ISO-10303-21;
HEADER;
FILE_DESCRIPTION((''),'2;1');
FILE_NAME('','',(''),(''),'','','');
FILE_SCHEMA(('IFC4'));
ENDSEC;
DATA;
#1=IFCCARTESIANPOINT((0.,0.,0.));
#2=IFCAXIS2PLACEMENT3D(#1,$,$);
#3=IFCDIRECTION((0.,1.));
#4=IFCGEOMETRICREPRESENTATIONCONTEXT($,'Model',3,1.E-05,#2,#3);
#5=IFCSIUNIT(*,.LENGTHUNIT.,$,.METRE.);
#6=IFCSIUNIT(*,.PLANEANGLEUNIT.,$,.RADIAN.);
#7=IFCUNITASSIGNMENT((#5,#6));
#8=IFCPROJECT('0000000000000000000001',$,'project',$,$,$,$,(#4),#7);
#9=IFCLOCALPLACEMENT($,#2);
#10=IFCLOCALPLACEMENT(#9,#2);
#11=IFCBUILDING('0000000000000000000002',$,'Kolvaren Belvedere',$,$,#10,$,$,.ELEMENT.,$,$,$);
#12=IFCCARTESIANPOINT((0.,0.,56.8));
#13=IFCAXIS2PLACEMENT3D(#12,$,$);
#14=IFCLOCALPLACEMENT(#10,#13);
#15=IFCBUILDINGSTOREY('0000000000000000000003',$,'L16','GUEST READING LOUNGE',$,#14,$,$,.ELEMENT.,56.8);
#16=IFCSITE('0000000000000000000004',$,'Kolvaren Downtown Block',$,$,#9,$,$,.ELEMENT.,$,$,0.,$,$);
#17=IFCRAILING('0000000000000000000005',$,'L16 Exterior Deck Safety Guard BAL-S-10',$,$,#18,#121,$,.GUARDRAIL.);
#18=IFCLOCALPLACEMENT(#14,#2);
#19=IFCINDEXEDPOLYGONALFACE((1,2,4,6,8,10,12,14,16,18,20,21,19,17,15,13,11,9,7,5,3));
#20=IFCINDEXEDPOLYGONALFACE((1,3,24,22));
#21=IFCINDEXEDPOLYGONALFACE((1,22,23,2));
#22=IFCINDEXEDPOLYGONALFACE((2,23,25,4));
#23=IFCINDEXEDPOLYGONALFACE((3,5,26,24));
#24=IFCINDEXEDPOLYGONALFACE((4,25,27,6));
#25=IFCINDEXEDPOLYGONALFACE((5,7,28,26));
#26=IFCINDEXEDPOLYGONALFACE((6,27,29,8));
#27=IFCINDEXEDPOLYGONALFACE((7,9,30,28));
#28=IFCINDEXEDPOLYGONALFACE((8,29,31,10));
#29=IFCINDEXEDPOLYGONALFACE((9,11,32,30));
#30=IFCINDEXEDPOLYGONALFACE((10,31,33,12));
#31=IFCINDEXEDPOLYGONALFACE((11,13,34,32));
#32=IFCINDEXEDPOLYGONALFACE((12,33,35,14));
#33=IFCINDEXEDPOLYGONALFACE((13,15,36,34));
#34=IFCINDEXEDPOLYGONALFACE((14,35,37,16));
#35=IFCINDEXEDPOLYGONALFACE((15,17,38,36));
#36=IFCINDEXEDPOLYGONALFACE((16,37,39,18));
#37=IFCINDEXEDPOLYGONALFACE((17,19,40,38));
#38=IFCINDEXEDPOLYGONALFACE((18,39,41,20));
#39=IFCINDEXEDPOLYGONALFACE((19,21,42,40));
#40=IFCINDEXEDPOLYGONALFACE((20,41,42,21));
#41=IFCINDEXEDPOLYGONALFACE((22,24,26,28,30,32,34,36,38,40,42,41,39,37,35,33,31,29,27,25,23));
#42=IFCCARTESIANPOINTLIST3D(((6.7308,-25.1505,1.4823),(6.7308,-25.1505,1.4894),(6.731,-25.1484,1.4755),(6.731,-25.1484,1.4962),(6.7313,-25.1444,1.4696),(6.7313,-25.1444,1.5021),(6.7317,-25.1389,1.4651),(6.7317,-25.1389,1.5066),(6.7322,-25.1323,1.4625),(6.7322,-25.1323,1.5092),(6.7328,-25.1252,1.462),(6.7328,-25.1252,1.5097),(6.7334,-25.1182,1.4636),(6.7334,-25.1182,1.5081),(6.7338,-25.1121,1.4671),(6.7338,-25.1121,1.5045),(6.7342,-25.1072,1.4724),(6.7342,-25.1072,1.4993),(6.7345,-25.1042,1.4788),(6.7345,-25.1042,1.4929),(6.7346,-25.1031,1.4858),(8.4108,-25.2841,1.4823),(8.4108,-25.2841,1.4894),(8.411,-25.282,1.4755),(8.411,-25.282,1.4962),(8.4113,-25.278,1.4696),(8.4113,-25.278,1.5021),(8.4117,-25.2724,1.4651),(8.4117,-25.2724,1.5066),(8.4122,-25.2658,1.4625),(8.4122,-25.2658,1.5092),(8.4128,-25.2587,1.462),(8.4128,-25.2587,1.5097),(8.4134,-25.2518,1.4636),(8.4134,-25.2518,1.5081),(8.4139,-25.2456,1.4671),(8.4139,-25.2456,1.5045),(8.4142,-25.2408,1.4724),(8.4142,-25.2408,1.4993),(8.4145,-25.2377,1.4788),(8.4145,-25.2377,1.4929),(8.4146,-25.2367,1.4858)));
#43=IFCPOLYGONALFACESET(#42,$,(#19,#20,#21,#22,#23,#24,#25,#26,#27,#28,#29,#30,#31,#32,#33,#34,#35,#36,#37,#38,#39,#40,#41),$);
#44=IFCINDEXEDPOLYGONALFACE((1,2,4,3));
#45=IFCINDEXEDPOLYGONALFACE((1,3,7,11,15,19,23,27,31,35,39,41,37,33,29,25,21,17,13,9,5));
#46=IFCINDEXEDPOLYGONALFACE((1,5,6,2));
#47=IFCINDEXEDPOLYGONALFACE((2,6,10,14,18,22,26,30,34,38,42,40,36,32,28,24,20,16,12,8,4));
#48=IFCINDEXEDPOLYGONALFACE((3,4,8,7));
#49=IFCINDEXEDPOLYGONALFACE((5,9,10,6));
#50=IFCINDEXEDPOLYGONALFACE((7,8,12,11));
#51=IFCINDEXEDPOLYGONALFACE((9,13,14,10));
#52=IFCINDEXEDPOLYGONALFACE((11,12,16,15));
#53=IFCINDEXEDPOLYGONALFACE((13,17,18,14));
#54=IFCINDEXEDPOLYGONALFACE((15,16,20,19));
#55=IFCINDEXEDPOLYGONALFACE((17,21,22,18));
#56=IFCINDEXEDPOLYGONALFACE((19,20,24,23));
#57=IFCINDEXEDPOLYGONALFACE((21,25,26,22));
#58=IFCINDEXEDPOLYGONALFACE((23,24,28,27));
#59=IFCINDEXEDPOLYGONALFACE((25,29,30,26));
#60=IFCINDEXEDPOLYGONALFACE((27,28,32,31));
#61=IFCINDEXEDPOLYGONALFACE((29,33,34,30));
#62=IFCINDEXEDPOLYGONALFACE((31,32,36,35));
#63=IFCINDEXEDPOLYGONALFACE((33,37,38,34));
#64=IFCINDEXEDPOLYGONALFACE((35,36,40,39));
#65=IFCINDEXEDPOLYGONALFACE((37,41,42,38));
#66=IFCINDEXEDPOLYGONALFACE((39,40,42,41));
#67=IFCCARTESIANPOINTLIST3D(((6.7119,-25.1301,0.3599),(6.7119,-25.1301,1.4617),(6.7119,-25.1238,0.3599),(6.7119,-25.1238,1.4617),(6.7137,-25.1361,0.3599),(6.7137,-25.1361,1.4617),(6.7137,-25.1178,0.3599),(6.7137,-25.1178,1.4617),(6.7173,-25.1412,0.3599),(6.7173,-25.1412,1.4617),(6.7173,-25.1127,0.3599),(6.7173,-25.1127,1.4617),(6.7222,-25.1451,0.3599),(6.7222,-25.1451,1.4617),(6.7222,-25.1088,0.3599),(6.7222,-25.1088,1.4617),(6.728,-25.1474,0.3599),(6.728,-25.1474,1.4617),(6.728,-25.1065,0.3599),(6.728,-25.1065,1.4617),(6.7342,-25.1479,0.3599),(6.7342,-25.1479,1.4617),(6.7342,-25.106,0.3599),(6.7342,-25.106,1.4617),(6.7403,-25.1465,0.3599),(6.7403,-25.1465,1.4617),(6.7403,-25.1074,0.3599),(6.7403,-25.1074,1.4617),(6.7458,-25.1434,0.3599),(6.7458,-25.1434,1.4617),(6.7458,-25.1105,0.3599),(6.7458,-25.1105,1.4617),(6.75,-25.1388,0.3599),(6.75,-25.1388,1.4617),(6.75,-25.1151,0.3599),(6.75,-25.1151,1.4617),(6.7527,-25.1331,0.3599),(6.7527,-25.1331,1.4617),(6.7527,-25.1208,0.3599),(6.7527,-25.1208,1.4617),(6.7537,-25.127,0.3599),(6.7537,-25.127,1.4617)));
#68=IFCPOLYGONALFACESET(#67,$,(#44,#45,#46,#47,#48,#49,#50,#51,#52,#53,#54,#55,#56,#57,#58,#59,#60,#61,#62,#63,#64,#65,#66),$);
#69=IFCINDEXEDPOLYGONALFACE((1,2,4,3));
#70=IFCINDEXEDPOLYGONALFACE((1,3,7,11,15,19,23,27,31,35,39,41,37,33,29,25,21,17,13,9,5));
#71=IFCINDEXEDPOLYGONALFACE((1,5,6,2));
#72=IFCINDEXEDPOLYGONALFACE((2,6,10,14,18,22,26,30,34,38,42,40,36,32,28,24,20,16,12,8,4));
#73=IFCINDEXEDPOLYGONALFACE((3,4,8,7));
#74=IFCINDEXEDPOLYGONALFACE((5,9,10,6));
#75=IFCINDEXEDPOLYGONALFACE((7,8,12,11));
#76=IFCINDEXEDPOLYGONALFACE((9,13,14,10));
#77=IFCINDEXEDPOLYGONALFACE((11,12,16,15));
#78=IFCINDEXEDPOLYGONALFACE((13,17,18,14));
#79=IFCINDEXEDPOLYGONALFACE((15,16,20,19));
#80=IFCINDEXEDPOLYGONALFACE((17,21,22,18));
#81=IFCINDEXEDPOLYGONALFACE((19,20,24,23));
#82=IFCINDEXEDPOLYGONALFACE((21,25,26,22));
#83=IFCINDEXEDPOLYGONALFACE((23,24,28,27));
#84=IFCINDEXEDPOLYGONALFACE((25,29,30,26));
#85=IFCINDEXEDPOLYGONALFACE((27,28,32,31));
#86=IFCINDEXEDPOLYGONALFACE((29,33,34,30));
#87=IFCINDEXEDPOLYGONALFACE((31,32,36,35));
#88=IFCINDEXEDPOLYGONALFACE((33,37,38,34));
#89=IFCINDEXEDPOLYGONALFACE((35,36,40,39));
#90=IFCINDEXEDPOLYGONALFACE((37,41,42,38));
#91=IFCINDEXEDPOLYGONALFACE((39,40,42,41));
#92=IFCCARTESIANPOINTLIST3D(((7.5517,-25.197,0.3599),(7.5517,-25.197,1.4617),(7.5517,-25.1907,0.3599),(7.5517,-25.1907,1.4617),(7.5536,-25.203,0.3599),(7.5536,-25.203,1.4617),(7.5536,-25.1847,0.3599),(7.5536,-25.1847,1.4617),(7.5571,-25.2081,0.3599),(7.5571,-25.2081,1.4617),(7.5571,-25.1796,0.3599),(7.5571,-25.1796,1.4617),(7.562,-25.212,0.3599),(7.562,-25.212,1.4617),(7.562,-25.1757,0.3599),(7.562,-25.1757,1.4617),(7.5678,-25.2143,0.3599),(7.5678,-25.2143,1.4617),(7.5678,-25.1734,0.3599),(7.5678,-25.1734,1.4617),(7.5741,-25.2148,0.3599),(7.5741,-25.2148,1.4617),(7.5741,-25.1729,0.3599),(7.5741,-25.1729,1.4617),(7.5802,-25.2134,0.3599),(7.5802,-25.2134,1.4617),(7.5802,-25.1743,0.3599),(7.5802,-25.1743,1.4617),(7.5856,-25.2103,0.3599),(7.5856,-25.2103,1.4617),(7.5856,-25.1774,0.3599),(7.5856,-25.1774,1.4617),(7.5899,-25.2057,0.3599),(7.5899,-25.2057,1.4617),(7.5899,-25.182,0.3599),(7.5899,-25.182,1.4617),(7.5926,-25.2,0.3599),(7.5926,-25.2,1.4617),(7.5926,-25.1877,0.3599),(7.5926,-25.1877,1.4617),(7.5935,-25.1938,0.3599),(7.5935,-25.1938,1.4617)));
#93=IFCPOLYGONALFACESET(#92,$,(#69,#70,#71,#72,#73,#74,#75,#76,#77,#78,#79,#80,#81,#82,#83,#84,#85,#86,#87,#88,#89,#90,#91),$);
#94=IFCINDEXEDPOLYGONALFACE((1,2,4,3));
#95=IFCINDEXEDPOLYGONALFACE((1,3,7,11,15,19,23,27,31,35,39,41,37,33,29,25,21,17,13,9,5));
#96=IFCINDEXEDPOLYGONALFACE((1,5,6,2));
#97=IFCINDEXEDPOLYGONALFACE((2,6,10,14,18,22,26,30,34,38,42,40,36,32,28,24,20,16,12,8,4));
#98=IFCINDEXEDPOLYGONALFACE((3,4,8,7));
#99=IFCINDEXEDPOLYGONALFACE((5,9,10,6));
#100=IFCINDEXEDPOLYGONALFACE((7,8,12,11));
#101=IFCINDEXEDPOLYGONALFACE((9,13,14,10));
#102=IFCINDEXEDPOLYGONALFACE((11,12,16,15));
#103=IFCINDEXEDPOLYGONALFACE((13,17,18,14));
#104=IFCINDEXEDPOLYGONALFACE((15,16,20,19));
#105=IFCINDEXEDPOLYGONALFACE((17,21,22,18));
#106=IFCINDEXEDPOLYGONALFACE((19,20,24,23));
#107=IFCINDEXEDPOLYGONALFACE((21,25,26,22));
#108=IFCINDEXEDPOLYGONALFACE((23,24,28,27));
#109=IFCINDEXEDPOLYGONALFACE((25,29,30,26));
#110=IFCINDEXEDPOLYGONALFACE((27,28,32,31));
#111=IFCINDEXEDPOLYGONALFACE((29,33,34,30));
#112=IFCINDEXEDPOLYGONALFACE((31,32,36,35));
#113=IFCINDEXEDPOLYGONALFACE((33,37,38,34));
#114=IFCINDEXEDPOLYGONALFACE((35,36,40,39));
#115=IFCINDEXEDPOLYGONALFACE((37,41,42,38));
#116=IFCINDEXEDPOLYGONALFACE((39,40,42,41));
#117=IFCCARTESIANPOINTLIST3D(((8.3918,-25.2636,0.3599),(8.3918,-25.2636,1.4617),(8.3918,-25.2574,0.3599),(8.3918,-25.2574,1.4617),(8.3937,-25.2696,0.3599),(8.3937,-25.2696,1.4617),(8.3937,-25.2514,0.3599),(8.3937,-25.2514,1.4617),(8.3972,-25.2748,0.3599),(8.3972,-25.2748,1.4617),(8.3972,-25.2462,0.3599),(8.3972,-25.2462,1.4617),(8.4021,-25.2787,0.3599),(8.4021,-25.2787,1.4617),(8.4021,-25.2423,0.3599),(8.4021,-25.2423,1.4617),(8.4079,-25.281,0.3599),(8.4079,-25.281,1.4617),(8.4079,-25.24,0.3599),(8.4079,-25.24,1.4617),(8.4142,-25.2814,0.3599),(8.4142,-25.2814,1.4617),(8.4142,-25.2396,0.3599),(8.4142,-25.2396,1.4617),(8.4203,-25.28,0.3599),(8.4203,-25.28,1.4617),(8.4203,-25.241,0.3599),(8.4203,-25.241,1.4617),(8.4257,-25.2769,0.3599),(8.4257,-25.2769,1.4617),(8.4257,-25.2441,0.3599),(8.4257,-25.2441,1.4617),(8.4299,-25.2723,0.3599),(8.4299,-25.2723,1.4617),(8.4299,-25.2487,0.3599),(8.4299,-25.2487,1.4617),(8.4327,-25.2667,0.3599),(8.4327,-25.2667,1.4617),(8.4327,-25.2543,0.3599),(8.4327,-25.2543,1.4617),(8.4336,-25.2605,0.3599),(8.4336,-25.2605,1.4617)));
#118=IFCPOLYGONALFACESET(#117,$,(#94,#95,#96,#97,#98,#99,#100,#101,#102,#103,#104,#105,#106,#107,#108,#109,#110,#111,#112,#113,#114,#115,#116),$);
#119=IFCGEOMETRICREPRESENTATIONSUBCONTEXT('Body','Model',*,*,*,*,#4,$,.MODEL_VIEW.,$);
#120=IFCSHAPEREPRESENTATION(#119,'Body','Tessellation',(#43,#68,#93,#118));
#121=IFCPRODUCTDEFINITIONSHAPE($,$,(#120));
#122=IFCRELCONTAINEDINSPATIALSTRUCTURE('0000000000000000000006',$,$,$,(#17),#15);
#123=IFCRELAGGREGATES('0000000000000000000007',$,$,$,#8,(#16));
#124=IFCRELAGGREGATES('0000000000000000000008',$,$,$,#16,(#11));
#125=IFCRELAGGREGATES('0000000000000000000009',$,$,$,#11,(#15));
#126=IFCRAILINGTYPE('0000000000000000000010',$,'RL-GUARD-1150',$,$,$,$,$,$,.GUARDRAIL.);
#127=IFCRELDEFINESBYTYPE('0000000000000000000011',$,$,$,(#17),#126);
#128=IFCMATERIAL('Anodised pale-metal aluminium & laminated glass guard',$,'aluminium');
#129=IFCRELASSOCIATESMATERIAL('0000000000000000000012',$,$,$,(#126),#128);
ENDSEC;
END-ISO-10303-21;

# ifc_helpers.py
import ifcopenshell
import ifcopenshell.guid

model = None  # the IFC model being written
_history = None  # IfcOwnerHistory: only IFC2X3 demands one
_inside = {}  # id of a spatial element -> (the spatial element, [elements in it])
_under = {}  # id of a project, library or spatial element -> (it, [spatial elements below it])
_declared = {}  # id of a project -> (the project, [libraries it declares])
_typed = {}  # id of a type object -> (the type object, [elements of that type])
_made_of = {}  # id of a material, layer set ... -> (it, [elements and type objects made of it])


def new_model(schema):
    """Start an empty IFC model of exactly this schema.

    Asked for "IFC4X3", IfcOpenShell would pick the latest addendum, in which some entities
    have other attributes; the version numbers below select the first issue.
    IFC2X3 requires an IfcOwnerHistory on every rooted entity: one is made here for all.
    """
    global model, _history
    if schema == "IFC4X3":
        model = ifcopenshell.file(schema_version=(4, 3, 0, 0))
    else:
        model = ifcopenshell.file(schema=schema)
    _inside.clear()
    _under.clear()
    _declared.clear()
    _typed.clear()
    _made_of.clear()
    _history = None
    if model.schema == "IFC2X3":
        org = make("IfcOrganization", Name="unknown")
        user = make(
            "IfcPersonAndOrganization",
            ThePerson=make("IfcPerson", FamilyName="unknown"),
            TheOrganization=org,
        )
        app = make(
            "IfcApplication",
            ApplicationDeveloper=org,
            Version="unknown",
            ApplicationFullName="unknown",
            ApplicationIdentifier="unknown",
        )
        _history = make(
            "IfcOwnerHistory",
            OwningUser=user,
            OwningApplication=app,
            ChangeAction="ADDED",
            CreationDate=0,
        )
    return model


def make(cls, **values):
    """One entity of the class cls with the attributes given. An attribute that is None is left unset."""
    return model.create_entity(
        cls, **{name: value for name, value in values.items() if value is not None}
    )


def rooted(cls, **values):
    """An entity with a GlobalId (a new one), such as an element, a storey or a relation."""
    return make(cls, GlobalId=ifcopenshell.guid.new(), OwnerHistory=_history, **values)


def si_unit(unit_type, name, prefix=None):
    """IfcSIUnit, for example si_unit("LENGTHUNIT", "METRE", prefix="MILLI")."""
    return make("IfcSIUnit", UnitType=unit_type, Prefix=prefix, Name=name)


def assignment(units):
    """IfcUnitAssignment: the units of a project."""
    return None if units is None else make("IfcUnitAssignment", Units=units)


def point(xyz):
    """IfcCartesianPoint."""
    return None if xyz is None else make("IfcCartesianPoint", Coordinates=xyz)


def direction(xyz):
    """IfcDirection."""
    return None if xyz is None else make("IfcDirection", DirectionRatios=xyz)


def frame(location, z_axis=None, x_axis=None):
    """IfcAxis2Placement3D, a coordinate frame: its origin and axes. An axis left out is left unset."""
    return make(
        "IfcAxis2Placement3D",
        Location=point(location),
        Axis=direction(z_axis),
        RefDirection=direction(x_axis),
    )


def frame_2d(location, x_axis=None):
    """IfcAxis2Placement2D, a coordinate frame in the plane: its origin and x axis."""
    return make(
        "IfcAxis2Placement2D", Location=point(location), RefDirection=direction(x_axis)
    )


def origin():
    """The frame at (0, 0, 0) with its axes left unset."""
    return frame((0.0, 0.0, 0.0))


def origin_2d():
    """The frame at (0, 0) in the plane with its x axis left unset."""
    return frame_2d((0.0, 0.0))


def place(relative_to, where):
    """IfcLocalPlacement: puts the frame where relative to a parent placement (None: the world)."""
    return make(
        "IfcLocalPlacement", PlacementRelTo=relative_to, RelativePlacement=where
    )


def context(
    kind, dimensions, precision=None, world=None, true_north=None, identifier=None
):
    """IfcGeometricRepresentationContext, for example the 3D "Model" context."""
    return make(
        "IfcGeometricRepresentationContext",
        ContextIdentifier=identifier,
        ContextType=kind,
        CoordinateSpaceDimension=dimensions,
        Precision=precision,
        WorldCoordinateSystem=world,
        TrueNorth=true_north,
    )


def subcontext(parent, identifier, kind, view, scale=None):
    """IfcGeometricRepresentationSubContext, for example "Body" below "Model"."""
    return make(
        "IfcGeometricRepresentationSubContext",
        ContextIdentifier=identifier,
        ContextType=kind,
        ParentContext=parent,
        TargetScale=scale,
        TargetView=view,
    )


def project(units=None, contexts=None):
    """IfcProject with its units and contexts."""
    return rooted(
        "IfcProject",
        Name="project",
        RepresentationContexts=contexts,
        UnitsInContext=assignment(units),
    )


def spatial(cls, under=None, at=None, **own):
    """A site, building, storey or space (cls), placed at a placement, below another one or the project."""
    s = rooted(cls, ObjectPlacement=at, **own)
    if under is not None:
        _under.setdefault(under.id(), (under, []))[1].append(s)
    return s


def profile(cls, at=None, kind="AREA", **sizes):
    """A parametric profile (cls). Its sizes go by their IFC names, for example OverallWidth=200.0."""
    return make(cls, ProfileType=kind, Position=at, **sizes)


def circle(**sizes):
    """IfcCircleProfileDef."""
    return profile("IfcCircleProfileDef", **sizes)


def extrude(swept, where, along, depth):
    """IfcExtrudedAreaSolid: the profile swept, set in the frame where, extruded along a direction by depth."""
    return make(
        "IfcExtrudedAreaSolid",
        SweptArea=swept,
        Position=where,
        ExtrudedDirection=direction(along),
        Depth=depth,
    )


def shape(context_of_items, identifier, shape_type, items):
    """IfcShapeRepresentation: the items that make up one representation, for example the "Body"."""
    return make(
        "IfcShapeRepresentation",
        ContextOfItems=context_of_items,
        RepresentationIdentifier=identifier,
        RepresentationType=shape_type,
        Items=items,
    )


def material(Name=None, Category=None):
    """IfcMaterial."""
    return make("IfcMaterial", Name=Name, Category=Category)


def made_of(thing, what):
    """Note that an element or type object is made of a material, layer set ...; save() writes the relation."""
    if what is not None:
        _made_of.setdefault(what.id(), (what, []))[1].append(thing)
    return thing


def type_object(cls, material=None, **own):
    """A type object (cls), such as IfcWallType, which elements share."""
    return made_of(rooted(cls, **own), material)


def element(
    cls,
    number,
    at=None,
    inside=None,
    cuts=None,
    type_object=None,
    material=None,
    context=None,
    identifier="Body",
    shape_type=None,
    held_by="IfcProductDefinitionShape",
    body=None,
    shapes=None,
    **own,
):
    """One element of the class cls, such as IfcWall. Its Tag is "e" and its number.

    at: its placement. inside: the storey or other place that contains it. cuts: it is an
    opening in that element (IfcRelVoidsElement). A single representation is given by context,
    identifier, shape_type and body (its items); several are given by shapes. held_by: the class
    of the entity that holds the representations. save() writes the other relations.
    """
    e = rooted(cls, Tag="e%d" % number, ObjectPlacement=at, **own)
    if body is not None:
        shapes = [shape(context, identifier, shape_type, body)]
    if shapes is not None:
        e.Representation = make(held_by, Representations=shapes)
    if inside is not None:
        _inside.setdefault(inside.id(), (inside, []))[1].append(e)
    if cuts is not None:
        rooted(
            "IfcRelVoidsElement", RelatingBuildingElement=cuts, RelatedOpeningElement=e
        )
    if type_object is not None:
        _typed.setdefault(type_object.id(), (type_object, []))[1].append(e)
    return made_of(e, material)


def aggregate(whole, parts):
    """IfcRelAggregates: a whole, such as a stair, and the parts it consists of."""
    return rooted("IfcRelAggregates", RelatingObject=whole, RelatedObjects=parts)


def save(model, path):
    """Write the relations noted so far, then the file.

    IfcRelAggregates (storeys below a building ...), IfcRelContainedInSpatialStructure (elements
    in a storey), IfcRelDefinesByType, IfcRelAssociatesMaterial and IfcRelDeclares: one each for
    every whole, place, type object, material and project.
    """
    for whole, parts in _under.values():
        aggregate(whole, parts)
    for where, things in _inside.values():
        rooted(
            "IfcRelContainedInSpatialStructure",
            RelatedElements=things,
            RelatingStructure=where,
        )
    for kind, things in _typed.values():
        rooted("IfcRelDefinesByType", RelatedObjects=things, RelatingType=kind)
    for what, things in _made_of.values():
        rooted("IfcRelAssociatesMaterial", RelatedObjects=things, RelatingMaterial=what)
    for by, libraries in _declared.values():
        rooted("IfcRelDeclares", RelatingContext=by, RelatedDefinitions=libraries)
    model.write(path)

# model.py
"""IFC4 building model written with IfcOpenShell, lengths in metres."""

from ifc_helpers import new_model, si_unit, direction, frame, origin, origin_2d, place, context, subcontext, project, spatial, circle, extrude, material, type_object, element, save


model = new_model("IFC4")

# Units and contexts
model_context = context("Model", 3, precision=1e-05, world=origin(), true_north=direction((0.0, 1.0)))
body_context = subcontext(model_context, "Body", "Model", "MODEL_VIEW")
ifc_project = project(units=[si_unit("LENGTHUNIT", "METRE"), si_unit("PLANEANGLEUNIT", "RADIAN")], contexts=[model_context])

# Site, building, storey
site_placement = place(None, origin())
site = spatial("IfcSite", under=ifc_project, at=site_placement, Name="Kolvaren Downtown Block", CompositionType="ELEMENT", RefElevation=0.0)
building_placement = place(site_placement, origin())
building = spatial("IfcBuilding", under=site, at=building_placement, Name="Kolvaren Belvedere", CompositionType="ELEMENT")
storey_placement = place(building_placement, frame((0.0, 0.0, 56.8)))
storey = spatial("IfcBuildingStorey", under=building, at=storey_placement, Name="L16", Description="GUEST READING LOUNGE", CompositionType="ELEMENT", Elevation=56.8)

# Railing
ifc_material_1 = material(Name="Anodised pale-metal aluminium & laminated glass guard", Category="aluminium")
railing_type = type_object("IfcRailingType", Name="RL-GUARD-1150", PredefinedType="GUARDRAIL", material=ifc_material_1)
railing_1_placement = place(storey_placement, frame((6.7327, -25.127, 0.3599)))
element("IfcRailing", 1, at=railing_1_placement, inside=storey, type_object=railing_type, Name="L16 Exterior Deck Safety Guard BAL-S-10", PredefinedType="GUARDRAIL", context=body_context, shape_type="SweptSolid", body=[
    extrude(circle(Radius=0.0239, at=origin_2d()), frame((0.0, 0.0, 1.126), z_axis=(0.996855, -0.079244, 0.0), x_axis=(0.079244, 0.996855, 0.0)), (0.0, 0.0, 1.0), 1.6853),
    extrude(circle(Radius=0.021, at=origin_2d()), origin(), (0.0, 0.0, 1.0), 1.1018),
    extrude(circle(Radius=0.021, at=origin_2d()), frame((0.8398, -0.0669, 0.0)), (0.0, 0.0, 1.0), 1.1018),
    extrude(circle(Radius=0.021, at=origin_2d()), frame((1.6799, -0.1335, 0.0)), (0.0, 0.0, 1.0), 1.1018),
])

save(model, "model.ifc")
